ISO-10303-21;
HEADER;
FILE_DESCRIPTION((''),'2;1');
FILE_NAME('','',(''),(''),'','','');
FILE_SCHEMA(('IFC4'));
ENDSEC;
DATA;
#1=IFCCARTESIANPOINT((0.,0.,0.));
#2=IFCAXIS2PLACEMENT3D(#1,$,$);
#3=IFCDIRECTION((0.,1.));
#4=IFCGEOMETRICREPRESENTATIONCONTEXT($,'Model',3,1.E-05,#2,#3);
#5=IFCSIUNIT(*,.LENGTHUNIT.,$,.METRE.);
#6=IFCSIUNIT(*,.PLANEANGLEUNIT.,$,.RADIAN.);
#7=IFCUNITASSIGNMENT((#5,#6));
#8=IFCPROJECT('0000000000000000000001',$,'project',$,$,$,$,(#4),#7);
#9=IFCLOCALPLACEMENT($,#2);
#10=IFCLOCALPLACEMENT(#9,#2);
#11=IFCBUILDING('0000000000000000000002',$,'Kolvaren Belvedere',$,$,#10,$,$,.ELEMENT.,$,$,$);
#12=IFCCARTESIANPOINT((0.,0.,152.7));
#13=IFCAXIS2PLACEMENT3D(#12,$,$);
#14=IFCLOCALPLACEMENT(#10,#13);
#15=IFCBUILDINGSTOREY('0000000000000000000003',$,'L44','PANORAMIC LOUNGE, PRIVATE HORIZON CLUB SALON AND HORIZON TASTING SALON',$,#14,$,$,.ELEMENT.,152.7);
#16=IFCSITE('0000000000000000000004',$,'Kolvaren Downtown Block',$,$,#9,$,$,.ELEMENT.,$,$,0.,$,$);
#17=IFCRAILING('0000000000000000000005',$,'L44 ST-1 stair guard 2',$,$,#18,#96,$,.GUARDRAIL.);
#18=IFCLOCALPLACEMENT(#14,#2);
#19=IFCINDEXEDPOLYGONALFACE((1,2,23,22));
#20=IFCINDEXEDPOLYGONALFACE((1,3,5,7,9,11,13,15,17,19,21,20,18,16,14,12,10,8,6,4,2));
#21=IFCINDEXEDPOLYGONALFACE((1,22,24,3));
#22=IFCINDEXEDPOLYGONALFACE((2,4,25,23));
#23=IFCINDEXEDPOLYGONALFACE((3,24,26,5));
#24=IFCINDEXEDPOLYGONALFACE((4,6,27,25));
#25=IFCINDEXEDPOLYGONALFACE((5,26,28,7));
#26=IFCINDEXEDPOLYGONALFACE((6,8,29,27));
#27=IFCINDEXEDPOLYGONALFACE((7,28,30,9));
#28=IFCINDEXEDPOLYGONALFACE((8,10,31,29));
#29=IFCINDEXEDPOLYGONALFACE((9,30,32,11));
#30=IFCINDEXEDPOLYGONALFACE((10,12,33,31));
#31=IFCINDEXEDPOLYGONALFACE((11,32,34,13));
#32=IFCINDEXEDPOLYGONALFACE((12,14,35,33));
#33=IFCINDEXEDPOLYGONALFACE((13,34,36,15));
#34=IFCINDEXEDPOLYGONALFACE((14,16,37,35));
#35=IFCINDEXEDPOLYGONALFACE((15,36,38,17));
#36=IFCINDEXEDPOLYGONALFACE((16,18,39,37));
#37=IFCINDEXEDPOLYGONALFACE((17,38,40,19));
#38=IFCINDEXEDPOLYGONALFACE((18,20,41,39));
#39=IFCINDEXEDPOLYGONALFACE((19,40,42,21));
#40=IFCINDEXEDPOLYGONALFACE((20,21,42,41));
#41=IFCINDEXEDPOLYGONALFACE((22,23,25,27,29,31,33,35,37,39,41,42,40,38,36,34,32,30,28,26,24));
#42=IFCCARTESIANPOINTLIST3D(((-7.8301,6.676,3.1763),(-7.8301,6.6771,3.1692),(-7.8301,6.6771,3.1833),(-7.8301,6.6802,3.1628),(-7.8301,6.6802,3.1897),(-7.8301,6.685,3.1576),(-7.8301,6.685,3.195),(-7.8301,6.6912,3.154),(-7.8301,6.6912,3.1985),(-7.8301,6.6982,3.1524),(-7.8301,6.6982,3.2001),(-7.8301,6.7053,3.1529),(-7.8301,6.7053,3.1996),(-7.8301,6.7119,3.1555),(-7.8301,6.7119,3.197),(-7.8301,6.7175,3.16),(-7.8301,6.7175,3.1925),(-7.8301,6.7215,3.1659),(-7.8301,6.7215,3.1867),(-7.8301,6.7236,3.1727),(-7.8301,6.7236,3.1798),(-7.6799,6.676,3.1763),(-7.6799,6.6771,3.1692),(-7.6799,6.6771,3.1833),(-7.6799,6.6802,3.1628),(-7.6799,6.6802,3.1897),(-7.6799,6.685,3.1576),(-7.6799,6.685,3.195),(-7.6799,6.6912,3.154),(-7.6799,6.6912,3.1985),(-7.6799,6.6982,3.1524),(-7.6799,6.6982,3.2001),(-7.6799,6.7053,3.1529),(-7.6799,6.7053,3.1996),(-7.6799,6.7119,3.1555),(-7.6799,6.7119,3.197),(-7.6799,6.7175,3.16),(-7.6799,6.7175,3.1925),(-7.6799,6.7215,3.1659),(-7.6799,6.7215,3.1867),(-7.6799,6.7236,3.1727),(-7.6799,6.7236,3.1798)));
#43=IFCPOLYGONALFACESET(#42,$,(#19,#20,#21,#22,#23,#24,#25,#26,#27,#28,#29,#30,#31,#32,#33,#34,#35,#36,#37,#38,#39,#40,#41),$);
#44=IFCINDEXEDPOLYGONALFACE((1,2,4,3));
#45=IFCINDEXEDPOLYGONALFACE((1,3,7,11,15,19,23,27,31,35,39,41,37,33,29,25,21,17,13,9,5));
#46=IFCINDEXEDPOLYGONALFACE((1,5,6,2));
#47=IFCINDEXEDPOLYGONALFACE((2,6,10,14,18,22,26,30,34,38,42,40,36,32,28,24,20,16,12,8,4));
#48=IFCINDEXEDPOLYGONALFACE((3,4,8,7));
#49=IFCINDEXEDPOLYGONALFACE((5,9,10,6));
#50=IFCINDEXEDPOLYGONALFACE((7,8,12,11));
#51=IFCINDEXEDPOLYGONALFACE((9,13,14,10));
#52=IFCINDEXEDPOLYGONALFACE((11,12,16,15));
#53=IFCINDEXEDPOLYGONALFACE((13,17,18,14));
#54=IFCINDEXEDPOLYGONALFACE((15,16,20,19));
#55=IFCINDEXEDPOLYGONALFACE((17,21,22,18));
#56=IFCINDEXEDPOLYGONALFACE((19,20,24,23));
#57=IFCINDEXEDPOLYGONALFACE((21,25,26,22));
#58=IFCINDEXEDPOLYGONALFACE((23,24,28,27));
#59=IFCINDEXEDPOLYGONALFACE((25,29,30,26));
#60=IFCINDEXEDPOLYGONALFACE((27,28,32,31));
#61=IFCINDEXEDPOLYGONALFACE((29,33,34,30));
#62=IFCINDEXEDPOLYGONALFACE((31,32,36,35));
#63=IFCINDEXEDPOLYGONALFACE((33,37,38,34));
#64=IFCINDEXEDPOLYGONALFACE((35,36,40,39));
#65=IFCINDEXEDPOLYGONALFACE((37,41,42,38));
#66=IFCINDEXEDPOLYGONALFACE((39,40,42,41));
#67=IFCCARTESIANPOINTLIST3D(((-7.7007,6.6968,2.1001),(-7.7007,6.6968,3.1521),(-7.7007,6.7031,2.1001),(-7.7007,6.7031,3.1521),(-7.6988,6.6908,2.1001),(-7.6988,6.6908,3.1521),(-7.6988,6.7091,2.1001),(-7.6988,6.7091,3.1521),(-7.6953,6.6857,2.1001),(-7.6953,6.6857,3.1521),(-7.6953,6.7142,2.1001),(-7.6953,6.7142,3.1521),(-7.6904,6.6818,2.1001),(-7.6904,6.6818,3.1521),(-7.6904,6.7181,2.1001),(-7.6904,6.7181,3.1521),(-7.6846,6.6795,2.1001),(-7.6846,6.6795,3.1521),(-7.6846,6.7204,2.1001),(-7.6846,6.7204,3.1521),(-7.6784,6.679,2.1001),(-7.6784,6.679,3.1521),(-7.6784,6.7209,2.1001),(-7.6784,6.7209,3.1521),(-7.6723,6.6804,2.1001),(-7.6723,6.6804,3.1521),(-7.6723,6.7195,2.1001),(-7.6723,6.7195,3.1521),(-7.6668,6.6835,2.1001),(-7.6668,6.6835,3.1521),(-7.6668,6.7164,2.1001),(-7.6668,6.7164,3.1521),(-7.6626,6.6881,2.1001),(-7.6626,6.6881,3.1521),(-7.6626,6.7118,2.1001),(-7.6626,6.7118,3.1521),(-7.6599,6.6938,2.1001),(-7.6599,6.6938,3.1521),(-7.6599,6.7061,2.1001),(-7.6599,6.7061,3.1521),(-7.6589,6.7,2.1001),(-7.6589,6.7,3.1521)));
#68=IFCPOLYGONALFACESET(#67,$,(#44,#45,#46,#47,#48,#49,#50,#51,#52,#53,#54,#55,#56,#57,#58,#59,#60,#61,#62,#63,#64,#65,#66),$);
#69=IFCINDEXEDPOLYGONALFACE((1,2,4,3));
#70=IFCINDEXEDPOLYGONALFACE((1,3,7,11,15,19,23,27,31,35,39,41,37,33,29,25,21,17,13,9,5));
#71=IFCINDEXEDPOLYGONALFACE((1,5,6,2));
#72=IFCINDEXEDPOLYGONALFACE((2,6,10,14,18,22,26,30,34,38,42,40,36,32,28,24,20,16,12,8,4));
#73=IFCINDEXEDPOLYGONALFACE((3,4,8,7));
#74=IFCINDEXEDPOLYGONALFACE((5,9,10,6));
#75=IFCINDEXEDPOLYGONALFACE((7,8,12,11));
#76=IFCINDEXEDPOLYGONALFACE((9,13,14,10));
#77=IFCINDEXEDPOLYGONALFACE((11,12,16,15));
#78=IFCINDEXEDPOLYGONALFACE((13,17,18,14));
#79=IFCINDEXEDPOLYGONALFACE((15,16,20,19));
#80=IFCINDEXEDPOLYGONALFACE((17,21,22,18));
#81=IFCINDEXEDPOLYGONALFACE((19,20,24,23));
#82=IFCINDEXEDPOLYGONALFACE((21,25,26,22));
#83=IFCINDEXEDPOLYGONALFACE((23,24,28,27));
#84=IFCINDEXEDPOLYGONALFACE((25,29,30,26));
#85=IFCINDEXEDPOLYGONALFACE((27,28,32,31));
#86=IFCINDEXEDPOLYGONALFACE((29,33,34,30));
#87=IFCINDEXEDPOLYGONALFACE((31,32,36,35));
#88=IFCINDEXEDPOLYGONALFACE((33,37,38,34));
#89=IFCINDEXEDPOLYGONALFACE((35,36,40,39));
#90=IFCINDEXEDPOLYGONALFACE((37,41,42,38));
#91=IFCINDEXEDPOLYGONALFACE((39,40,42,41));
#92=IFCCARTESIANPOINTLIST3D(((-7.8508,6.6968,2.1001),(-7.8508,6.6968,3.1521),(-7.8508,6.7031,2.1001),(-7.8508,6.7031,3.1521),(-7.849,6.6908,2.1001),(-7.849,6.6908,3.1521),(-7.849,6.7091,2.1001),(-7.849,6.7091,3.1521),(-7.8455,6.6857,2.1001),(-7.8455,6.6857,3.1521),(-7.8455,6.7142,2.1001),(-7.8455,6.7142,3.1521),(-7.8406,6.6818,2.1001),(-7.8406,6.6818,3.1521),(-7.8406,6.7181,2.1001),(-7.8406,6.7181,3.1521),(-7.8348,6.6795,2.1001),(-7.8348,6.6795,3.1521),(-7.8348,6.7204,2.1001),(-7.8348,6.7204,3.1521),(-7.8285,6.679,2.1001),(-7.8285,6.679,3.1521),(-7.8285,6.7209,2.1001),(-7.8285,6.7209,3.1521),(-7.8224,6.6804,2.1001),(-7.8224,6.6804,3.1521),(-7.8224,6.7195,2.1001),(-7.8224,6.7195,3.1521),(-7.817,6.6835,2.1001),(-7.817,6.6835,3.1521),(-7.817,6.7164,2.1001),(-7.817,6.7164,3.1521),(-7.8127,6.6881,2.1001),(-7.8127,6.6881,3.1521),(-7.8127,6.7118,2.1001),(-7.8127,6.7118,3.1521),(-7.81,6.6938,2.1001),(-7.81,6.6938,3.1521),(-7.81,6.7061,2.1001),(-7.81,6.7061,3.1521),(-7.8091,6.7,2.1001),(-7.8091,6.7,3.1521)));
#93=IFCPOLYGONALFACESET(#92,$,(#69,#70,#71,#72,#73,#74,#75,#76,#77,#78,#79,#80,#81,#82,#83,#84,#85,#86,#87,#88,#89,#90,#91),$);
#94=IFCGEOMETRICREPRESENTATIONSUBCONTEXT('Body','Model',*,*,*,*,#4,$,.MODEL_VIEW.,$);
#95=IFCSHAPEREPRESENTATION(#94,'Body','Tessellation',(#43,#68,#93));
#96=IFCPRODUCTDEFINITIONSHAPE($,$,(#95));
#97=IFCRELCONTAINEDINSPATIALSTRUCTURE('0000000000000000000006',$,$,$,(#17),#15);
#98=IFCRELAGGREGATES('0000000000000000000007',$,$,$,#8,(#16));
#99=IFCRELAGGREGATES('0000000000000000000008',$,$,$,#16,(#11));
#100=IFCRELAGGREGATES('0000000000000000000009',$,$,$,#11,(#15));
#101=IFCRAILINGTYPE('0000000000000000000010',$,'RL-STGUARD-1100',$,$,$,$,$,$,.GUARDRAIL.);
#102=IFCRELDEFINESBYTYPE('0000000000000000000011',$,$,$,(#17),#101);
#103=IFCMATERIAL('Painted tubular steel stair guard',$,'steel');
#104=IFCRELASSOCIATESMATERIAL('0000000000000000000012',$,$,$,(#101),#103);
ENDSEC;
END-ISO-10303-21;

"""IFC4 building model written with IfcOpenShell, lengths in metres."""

from ifc_helpers import new_model, si_unit, direction, frame, origin, origin_2d, place, context, subcontext, project, spatial, circle, extrude, material, type_object, element, save


model = new_model("IFC4")

# Units and contexts
model_context = context("Model", 3, precision=1e-05, world=origin(), true_north=direction((0.0, 1.0)))
body_context = subcontext(model_context, "Body", "Model", "MODEL_VIEW")
ifc_project = project(units=[si_unit("LENGTHUNIT", "METRE"), si_unit("PLANEANGLEUNIT", "RADIAN")], contexts=[model_context])

# Site, building, storey
site_placement = place(None, origin())
site = spatial("IfcSite", under=ifc_project, at=site_placement, Name="Kolvaren Downtown Block", CompositionType="ELEMENT", RefElevation=0.0)
building_placement = place(site_placement, origin())
building = spatial("IfcBuilding", under=site, at=building_placement, Name="Kolvaren Belvedere", CompositionType="ELEMENT")
storey_placement = place(building_placement, frame((0.0, 0.0, 152.7)))
storey = spatial("IfcBuildingStorey", under=building, at=storey_placement, Name="L44", Description="PANORAMIC LOUNGE, PRIVATE HORIZON CLUB SALON AND HORIZON TASTING SALON", CompositionType="ELEMENT", Elevation=152.7)

# Railing
ifc_material_1 = material(Name="Painted tubular steel stair guard", Category="steel")
railing_type_1 = type_object("IfcRailingType", Name="RL-STGUARD-1100", PredefinedType="GUARDRAIL", material=ifc_material_1)
railing_1_placement = place(storey_placement, frame((-7.6799, 6.7, 2.1001)))
element("IfcRailing", 1, at=railing_1_placement, inside=storey, type_object=railing_type_1, Name="L44 ST-1 stair guard 2", PredefinedType="GUARDRAIL", context=body_context, shape_type="SweptSolid", body=[
    extrude(circle(Radius=0.0239, at=origin_2d()), frame((0.0, 0.0, 1.0762), z_axis=(-1.0, 0.0, 0.0), x_axis=(0.0, -1.0, 0.0)), (0.0, 0.0, 1.0), 0.1501),
    extrude(circle(Radius=0.021, at=origin_2d()), origin(), (0.0, 0.0, 1.0), 1.052),
    extrude(circle(Radius=0.021, at=origin_2d()), frame((-0.1501, 0.0, 0.0)), (0.0, 0.0, 1.0), 1.052),
])

save(model, "model.ifc")
